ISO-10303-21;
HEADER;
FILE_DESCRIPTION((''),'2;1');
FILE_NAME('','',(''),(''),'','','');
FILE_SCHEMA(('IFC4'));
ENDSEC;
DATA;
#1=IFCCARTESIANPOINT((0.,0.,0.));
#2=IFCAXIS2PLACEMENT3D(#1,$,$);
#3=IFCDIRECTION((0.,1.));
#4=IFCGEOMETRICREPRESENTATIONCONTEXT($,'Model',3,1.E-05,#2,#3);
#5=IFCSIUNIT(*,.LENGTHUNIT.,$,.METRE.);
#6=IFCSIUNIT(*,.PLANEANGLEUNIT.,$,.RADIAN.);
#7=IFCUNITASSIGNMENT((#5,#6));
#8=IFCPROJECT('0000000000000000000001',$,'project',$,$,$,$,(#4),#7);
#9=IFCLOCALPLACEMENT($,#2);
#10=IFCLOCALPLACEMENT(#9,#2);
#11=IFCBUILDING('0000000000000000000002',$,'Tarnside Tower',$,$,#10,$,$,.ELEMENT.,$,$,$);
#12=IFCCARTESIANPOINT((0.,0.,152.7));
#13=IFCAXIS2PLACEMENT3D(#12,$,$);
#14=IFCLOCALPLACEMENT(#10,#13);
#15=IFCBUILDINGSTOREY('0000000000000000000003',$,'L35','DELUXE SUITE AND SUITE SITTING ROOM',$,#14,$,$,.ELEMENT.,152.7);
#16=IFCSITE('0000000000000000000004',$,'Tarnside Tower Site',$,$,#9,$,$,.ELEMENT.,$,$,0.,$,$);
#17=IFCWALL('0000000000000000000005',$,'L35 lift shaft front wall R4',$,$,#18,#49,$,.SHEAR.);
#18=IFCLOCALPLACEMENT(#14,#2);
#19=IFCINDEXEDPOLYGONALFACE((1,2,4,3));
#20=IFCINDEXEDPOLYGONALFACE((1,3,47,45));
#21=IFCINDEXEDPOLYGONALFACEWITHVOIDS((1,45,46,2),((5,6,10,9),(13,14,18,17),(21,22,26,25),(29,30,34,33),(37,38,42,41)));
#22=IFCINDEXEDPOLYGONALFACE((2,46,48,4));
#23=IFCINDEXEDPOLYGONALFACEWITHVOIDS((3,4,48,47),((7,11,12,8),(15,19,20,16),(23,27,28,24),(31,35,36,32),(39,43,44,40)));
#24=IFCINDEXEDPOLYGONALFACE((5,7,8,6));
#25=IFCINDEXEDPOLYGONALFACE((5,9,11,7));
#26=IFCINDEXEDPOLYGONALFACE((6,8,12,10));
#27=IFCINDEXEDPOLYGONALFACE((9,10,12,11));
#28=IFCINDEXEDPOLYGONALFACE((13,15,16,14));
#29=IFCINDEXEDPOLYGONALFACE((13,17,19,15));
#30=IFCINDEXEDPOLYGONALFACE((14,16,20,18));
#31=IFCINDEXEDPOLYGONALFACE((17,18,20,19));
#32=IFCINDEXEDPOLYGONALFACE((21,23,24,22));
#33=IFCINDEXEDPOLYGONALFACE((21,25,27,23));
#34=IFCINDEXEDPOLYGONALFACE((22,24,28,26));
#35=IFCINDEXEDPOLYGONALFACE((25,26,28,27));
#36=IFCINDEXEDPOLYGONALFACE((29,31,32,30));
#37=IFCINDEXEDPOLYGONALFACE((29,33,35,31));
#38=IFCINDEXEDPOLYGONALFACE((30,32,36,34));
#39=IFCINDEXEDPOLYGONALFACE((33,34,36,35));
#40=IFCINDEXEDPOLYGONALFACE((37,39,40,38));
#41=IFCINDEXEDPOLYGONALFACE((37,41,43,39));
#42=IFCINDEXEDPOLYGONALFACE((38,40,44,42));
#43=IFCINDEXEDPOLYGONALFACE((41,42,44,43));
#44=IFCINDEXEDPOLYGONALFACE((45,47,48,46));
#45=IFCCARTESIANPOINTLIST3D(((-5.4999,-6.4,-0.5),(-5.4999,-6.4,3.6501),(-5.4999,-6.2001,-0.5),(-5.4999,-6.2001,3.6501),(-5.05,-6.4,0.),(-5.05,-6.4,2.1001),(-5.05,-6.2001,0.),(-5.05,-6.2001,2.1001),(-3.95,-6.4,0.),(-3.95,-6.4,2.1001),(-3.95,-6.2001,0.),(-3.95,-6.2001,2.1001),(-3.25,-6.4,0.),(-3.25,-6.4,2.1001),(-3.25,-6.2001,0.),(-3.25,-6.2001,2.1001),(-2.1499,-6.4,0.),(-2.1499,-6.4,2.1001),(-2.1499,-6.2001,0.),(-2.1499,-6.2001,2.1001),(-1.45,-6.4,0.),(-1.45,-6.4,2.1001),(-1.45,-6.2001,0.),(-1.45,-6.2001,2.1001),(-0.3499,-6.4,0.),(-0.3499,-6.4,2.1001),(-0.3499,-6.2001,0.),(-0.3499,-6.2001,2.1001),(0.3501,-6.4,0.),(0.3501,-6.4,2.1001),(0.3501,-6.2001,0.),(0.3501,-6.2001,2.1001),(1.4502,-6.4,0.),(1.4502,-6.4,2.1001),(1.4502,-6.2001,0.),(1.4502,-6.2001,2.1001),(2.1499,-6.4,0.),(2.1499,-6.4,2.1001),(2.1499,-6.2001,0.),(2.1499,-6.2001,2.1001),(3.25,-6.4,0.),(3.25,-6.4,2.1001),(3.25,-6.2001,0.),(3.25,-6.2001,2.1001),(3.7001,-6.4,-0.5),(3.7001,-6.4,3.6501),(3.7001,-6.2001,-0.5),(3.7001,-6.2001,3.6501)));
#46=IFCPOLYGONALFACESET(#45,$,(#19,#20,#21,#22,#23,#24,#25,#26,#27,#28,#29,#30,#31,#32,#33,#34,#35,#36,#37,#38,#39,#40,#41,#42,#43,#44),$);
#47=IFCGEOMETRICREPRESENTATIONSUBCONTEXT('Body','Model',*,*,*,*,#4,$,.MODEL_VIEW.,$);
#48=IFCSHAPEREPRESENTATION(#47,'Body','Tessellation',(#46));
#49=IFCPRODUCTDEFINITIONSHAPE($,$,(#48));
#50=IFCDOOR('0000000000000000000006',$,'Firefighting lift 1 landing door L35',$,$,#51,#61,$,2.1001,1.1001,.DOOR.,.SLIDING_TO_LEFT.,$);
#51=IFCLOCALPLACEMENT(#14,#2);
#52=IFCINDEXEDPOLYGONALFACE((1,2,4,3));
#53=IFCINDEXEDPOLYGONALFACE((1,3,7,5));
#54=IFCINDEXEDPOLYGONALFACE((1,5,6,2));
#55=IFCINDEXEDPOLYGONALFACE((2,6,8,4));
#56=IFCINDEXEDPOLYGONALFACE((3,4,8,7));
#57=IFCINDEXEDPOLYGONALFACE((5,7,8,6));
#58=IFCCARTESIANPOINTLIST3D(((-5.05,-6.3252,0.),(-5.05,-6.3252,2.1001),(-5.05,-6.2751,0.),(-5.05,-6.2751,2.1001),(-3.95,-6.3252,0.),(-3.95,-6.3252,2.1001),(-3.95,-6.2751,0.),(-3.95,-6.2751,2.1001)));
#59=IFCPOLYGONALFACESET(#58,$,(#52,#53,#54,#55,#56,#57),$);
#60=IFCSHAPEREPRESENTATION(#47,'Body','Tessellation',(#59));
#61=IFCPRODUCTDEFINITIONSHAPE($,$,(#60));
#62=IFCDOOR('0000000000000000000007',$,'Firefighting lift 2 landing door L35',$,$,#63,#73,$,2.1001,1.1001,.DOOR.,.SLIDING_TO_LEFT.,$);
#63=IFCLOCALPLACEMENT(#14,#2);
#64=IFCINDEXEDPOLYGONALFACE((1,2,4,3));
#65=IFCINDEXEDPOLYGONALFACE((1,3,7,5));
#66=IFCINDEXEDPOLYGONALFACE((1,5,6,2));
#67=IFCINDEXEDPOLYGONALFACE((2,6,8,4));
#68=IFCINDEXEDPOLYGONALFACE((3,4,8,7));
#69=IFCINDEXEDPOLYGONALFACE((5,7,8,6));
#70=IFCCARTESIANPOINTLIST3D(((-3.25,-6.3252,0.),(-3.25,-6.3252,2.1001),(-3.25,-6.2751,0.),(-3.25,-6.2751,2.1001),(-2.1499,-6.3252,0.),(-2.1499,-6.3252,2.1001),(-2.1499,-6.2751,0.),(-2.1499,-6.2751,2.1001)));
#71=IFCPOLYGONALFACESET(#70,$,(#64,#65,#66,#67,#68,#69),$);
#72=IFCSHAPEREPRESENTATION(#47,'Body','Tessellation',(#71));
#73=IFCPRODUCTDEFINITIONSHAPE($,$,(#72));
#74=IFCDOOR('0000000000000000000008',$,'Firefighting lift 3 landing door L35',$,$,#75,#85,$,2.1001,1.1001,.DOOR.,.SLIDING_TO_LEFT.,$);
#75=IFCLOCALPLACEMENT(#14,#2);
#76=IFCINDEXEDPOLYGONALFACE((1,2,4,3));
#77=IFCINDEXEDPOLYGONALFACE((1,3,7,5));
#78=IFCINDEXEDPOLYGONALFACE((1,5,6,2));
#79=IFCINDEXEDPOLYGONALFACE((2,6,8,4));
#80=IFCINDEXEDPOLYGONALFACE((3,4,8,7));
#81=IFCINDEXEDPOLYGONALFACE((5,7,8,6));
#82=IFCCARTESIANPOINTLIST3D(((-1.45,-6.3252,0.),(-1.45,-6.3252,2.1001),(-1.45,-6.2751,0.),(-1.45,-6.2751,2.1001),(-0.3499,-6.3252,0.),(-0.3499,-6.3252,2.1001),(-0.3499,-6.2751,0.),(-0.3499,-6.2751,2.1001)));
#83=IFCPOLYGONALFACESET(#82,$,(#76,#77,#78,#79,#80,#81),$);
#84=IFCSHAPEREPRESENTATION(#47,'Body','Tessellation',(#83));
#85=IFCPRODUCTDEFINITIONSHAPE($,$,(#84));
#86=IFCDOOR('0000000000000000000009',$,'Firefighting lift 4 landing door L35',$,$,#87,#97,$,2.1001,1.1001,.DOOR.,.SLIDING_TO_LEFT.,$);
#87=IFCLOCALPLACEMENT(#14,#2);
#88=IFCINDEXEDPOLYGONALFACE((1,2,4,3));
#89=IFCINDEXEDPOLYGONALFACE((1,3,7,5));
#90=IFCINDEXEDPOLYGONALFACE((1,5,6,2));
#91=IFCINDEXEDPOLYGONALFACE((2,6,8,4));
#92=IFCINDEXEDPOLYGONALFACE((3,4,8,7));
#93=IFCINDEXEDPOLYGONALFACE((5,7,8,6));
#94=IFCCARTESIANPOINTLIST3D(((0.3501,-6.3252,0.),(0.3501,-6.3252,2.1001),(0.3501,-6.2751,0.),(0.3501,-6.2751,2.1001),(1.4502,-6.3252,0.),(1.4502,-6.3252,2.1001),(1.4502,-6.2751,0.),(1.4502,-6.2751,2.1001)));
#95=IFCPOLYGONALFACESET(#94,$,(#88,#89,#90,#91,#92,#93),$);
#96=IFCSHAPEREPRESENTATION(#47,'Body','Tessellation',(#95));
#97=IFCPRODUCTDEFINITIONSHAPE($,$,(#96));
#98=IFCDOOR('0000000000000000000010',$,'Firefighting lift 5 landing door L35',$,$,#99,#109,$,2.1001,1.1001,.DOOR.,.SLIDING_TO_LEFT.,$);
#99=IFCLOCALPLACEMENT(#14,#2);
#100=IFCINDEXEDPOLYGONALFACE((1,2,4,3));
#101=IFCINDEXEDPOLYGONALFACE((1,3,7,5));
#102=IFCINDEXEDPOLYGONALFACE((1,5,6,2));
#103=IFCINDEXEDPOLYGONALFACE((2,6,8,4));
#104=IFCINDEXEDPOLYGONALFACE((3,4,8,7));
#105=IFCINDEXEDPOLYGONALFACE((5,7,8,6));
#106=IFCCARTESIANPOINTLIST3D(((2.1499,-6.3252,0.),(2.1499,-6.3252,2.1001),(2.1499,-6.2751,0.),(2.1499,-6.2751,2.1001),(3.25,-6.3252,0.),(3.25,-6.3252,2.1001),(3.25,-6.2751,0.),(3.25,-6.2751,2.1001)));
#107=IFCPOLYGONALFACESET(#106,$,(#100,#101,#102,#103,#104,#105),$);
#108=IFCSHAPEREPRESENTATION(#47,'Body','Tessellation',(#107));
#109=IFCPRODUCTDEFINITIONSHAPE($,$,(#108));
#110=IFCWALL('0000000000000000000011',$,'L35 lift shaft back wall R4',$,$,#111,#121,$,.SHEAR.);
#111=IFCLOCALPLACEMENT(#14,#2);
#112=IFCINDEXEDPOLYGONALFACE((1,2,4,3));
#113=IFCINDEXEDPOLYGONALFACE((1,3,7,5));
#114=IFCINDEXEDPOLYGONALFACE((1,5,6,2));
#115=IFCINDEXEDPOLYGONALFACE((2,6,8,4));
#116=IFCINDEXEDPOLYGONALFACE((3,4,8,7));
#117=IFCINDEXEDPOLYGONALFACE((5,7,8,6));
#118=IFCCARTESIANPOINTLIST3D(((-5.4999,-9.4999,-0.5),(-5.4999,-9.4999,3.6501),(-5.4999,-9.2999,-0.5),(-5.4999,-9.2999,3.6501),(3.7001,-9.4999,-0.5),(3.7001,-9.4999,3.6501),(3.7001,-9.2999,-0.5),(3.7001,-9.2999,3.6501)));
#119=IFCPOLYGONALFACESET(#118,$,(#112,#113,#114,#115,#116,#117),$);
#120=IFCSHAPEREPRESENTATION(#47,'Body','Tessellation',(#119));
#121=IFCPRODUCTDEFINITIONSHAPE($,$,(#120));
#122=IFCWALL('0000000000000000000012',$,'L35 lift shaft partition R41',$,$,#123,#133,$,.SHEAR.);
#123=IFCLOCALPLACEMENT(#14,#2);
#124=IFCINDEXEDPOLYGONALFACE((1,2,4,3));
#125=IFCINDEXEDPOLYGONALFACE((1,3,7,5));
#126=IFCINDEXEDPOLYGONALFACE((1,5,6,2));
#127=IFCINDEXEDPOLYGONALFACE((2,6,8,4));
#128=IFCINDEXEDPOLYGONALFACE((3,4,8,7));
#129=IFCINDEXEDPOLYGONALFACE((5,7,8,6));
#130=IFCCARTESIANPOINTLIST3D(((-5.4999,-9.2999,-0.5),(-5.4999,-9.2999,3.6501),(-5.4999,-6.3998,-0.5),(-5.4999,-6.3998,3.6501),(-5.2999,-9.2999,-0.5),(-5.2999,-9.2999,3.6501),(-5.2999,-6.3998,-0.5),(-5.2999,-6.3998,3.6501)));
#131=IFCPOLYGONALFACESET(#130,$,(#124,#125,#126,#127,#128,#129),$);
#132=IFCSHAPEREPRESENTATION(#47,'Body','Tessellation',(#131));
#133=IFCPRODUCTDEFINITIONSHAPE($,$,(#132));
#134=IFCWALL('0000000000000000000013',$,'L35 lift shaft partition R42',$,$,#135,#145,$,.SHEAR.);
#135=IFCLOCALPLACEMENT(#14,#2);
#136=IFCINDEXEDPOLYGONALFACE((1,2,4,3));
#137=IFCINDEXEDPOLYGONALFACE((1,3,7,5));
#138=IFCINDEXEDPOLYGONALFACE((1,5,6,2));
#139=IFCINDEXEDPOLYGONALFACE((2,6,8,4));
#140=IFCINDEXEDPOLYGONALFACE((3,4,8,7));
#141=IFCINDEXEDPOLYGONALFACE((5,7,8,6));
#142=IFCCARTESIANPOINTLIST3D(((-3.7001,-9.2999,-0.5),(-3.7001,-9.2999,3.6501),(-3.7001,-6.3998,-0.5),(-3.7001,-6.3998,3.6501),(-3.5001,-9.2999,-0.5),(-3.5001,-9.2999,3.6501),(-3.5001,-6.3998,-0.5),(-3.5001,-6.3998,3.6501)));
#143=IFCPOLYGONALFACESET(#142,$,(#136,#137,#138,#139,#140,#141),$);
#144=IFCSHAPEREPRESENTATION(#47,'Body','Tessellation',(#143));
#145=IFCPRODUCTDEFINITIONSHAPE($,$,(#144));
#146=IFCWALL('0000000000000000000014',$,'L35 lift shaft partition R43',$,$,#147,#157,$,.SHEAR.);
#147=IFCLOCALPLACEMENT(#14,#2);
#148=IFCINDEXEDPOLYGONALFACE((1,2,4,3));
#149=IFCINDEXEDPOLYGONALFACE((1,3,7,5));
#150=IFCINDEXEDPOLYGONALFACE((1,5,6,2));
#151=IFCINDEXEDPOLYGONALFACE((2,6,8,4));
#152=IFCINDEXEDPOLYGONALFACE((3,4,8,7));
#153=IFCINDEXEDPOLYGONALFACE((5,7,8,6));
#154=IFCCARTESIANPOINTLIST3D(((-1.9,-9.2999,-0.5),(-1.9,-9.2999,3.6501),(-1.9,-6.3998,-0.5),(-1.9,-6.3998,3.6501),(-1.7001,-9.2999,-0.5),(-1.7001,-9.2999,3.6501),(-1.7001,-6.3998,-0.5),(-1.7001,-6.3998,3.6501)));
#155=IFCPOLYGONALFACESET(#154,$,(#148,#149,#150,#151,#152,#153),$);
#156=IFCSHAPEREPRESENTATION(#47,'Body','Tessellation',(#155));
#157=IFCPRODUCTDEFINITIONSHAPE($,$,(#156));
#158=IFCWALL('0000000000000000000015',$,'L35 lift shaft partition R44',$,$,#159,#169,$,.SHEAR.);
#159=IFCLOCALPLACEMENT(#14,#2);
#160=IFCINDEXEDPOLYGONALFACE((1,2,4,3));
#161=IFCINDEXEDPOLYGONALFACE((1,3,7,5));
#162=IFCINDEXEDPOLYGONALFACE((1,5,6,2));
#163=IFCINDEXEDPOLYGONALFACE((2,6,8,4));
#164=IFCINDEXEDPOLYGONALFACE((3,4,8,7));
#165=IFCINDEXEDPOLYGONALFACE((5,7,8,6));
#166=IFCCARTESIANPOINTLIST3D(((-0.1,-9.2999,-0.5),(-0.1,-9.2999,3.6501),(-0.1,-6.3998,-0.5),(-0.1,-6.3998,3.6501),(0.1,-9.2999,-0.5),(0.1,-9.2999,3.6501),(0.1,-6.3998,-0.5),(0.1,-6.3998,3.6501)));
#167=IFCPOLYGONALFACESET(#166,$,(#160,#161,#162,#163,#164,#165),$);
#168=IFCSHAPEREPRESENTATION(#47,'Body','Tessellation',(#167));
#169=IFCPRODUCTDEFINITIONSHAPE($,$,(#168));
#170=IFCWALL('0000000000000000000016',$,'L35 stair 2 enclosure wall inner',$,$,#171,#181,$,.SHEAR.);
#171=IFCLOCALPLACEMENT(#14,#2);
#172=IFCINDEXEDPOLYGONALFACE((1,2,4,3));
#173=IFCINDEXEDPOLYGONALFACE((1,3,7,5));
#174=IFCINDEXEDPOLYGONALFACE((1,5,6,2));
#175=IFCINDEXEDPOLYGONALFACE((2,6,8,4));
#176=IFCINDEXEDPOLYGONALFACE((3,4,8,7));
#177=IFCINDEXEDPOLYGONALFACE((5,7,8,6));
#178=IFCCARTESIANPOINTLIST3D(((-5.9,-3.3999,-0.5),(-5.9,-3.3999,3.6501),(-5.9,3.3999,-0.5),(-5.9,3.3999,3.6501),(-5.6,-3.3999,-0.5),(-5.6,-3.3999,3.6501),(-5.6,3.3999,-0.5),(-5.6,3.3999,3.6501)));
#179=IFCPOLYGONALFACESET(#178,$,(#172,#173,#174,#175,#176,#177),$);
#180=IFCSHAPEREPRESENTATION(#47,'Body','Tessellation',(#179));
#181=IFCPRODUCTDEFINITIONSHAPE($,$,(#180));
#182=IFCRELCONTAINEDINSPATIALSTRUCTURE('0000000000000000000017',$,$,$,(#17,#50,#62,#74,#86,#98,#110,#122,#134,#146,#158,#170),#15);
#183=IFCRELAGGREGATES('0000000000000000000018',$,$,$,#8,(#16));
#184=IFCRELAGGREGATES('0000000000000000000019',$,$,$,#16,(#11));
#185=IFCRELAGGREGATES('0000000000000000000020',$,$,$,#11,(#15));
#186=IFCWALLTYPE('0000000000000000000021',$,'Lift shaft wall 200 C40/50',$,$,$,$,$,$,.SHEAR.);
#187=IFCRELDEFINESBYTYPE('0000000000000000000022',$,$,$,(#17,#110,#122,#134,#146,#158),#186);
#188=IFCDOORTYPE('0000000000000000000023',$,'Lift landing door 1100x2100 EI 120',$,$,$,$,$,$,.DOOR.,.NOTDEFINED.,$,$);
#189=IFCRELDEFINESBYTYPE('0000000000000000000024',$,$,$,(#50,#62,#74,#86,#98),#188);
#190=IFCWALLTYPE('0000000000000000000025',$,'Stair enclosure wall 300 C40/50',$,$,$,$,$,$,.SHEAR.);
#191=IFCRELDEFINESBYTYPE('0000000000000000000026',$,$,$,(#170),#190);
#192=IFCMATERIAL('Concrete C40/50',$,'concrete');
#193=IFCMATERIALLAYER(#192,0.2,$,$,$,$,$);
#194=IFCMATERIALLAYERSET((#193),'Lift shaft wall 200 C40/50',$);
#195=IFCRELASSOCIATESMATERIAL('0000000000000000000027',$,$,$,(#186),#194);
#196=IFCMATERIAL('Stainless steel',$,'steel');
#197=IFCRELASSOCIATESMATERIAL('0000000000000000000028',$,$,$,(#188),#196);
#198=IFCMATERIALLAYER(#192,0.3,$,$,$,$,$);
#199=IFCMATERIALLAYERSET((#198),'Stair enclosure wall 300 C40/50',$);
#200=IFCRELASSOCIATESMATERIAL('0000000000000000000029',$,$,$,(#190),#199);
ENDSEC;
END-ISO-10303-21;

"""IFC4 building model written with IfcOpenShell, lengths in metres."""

from ifc_helpers import new_model, si_unit, direction, frame, frame_2d, origin, place, context, subcontext, project, spatial, rectangle, extrude, material, layer, layer_set, type_object, element, fill, save


model = new_model("IFC4")

# Units and contexts
model_context = context("Model", 3, precision=1e-05, world=origin(), true_north=direction((0.0, 1.0)))
body_context = subcontext(model_context, "Body", "Model", "MODEL_VIEW")
ifc_project = project(units=[si_unit("LENGTHUNIT", "METRE"), si_unit("PLANEANGLEUNIT", "RADIAN")], contexts=[model_context])

# Site, building, storey
site_placement = place(None, origin())
site = spatial("IfcSite", under=ifc_project, at=site_placement, Name="Tarnside Tower Site", CompositionType="ELEMENT", RefElevation=0.0)
building_placement = place(site_placement, origin())
building = spatial("IfcBuilding", under=site, at=building_placement, Name="Tarnside Tower", CompositionType="ELEMENT")
storey_placement = place(building_placement, frame((0.0, 0.0, 152.7)))
storey = spatial("IfcBuildingStorey", under=building, at=storey_placement, Name="L35", Description="DELUXE SUITE AND SUITE SITTING ROOM", CompositionType="ELEMENT", Elevation=152.7)

# Shared definitions
ifc_material_1 = material(Name="Concrete C40/50", Category="concrete")

# Wall, openings, doors
ifc_layer_1 = layer(ifc_material_1, 0.2)
ifc_layer_set_1 = layer_set([ifc_layer_1], Name="Lift shaft wall 200 C40/50")
wall_type_1 = type_object("IfcWallType", Name="Lift shaft wall 200 C40/50", PredefinedType="SHEAR", material=ifc_layer_set_1)
wall_1_placement = place(storey_placement, frame((-5.5, -6.3, -0.5), z_axis=(0.0, 0.0, 1.0), x_axis=(1.0, 0.0, 0.0)))
wall_1 = element("IfcWall", 1, at=wall_1_placement, inside=storey, type_object=wall_type_1, Name="L35 lift shaft front wall R4", PredefinedType="SHEAR", context=body_context, shape_type="SweptSolid", body=[
    extrude(rectangle(XDim=9.2, YDim=0.2, at=frame_2d((4.6001, 0.0))), origin(), (0.0, 0.0, 1.0), 4.1501),
])
opening_1_placement = place(wall_1_placement, frame((0.45, 0.0, 0.5)))
opening_1 = element("IfcOpeningElement", 2, at=opening_1_placement, cuts=wall_1, PredefinedType="OPENING", context=body_context, shape_type="SweptSolid", body=[
    extrude(rectangle(XDim=1.1001, YDim=2.1001, at=frame_2d((0.55, 1.05))), frame((0.0, 0.1099, 0.0), z_axis=(0.0, -1.0, 0.0), x_axis=(1.0, 0.0, 0.0)), (0.0, 0.0, 1.0), 0.22),
])
opening_2_placement = place(wall_1_placement, frame((2.25, 0.0, 0.5)))
opening_2 = element("IfcOpeningElement", 3, at=opening_2_placement, cuts=wall_1, PredefinedType="OPENING", context=body_context, shape_type="SweptSolid", body=[
    extrude(rectangle(XDim=1.1001, YDim=2.1001, at=frame_2d((0.55, 1.05))), frame((0.0, 0.1099, 0.0), z_axis=(0.0, -1.0, 0.0), x_axis=(1.0, 0.0, 0.0)), (0.0, 0.0, 1.0), 0.22),
])
opening_3_placement = place(wall_1_placement, frame((4.05, 0.0, 0.5)))
opening_3 = element("IfcOpeningElement", 4, at=opening_3_placement, cuts=wall_1, PredefinedType="OPENING", context=body_context, shape_type="SweptSolid", body=[
    extrude(rectangle(XDim=1.1001, YDim=2.1001, at=frame_2d((0.55, 1.05))), frame((0.0, 0.1099, 0.0), z_axis=(0.0, -1.0, 0.0), x_axis=(1.0, 0.0, 0.0)), (0.0, 0.0, 1.0), 0.22),
])
opening_4_placement = place(wall_1_placement, frame((5.8501, 0.0, 0.5)))
opening_4 = element("IfcOpeningElement", 5, at=opening_4_placement, cuts=wall_1, PredefinedType="OPENING", context=body_context, shape_type="SweptSolid", body=[
    extrude(rectangle(XDim=1.1001, YDim=2.1001, at=frame_2d((0.55, 1.05))), frame((0.0, 0.1099, 0.0), z_axis=(0.0, -1.0, 0.0), x_axis=(1.0, 0.0, 0.0)), (0.0, 0.0, 1.0), 0.22),
])
opening_5_placement = place(wall_1_placement, frame((7.6499, 0.0, 0.5)))
opening_5 = element("IfcOpeningElement", 6, at=opening_5_placement, cuts=wall_1, PredefinedType="OPENING", context=body_context, shape_type="SweptSolid", body=[
    extrude(rectangle(XDim=1.1001, YDim=2.1001, at=frame_2d((0.55, 1.05))), frame((0.0, 0.1099, 0.0), z_axis=(0.0, -1.0, 0.0), x_axis=(1.0, 0.0, 0.0)), (0.0, 0.0, 1.0), 0.22),
])
ifc_material_2 = material(Name="Stainless steel", Category="steel")
door_type_1 = type_object("IfcDoorType", Name="Lift landing door 1100x2100 EI 120", OperationType="NOTDEFINED", PredefinedType="DOOR", material=ifc_material_2)
door_1_placement = place(opening_1_placement, origin())
door_1 = element("IfcDoor", 7, at=door_1_placement, inside=storey, type_object=door_type_1, Name="Firefighting lift 1 landing door L35", OperationType="SLIDING_TO_LEFT", OverallHeight=2.1001, OverallWidth=1.1001, PredefinedType="DOOR", context=body_context, shape_type="SweptSolid", body=[
    extrude(rectangle(XDim=1.1001, YDim=2.1001, at=frame_2d((0.55, 1.05))), frame((0.0, 0.0249, 0.0), z_axis=(0.0, -1.0, 0.0), x_axis=(1.0, 0.0, 0.0)), (0.0, 0.0, 1.0), 0.05),
])
fill(opening_1, door_1)
door_2_placement = place(opening_2_placement, origin())
door_2 = element("IfcDoor", 8, at=door_2_placement, inside=storey, type_object=door_type_1, Name="Firefighting lift 2 landing door L35", OperationType="SLIDING_TO_LEFT", OverallHeight=2.1001, OverallWidth=1.1001, PredefinedType="DOOR", context=body_context, shape_type="SweptSolid", body=[
    extrude(rectangle(XDim=1.1001, YDim=2.1001, at=frame_2d((0.55, 1.05))), frame((0.0, 0.0249, 0.0), z_axis=(0.0, -1.0, 0.0), x_axis=(1.0, 0.0, 0.0)), (0.0, 0.0, 1.0), 0.05),
])
fill(opening_2, door_2)
door_3_placement = place(opening_3_placement, origin())
door_3 = element("IfcDoor", 9, at=door_3_placement, inside=storey, type_object=door_type_1, Name="Firefighting lift 3 landing door L35", OperationType="SLIDING_TO_LEFT", OverallHeight=2.1001, OverallWidth=1.1001, PredefinedType="DOOR", context=body_context, shape_type="SweptSolid", body=[
    extrude(rectangle(XDim=1.1001, YDim=2.1001, at=frame_2d((0.55, 1.05))), frame((0.0, 0.0249, 0.0), z_axis=(0.0, -1.0, 0.0), x_axis=(1.0, 0.0, 0.0)), (0.0, 0.0, 1.0), 0.05),
])
fill(opening_3, door_3)
door_4_placement = place(opening_4_placement, origin())
door_4 = element("IfcDoor", 10, at=door_4_placement, inside=storey, type_object=door_type_1, Name="Firefighting lift 4 landing door L35", OperationType="SLIDING_TO_LEFT", OverallHeight=2.1001, OverallWidth=1.1001, PredefinedType="DOOR", context=body_context, shape_type="SweptSolid", body=[
    extrude(rectangle(XDim=1.1001, YDim=2.1001, at=frame_2d((0.55, 1.05))), frame((0.0, 0.0249, 0.0), z_axis=(0.0, -1.0, 0.0), x_axis=(1.0, 0.0, 0.0)), (0.0, 0.0, 1.0), 0.05),
])
fill(opening_4, door_4)
door_5_placement = place(opening_5_placement, origin())
door_5 = element("IfcDoor", 11, at=door_5_placement, inside=storey, type_object=door_type_1, Name="Firefighting lift 5 landing door L35", OperationType="SLIDING_TO_LEFT", OverallHeight=2.1001, OverallWidth=1.1001, PredefinedType="DOOR", context=body_context, shape_type="SweptSolid", body=[
    extrude(rectangle(XDim=1.1001, YDim=2.1001, at=frame_2d((0.55, 1.05))), frame((0.0, 0.0249, 0.0), z_axis=(0.0, -1.0, 0.0), x_axis=(1.0, 0.0, 0.0)), (0.0, 0.0, 1.0), 0.05),
])
fill(opening_5, door_5)

# Walls
wall_2_placement = place(storey_placement, frame((-5.5, -9.3999, -0.5), z_axis=(0.0, 0.0, 1.0), x_axis=(1.0, 0.0, 0.0)))
element("IfcWall", 12, at=wall_2_placement, inside=storey, type_object=wall_type_1, Name="L35 lift shaft back wall R4", PredefinedType="SHEAR", context=body_context, shape_type="SweptSolid", body=[
    extrude(rectangle(XDim=9.2, YDim=0.2, at=frame_2d((4.6001, 0.0))), origin(), (0.0, 0.0, 1.0), 4.1501),
])
for number, where, z_axis, x_axis, name in (
    (13, (-5.3999, -9.3, -0.5), (0.0, 0.0, 1.0), (0.0, 1.0, 0.0), "L35 lift shaft partition R41"),
    (14, (-3.6001, -9.3, -0.5), (0.0, 0.0, 1.0), (0.0, 1.0, 0.0), "L35 lift shaft partition R42"),
    (15, (-1.8, -9.3, -0.5), (0.0, 0.0, 1.0), (0.0, 1.0, 0.0), "L35 lift shaft partition R43"),
    (16, (0.0, -9.3, -0.5), (0.0, 0.0, 1.0), (0.0, 1.0, 0.0), "L35 lift shaft partition R44"),
):
    element("IfcWall", number, at=place(storey_placement, frame(where, z_axis=z_axis, x_axis=x_axis)), inside=storey, type_object=wall_type_1, Name=name, PredefinedType="SHEAR", context=body_context, shape_type="SweptSolid", body=[
        extrude(rectangle(XDim=2.9001, YDim=0.2, at=frame_2d((1.4502, 0.0))), origin(), (0.0, 0.0, 1.0), 4.1501),
    ])
ifc_layer_2 = layer(ifc_material_1, 0.3)
ifc_layer_set_2 = layer_set([ifc_layer_2], Name="Stair enclosure wall 300 C40/50")
wall_type_2 = type_object("IfcWallType", Name="Stair enclosure wall 300 C40/50", PredefinedType="SHEAR", material=ifc_layer_set_2)
wall_3_placement = place(storey_placement, frame((-5.75, -3.3999, -0.5), z_axis=(0.0, 0.0, 1.0), x_axis=(0.0, 1.0, 0.0)))
element("IfcWall", 17, at=wall_3_placement, inside=storey, type_object=wall_type_2, Name="L35 stair 2 enclosure wall inner", PredefinedType="SHEAR", context=body_context, shape_type="SweptSolid", body=[
    extrude(rectangle(XDim=6.7998, YDim=0.3, at=frame_2d((3.3999, 0.0))), origin(), (0.0, 0.0, 1.0), 4.1501),
])

save(model, "model.ifc")
